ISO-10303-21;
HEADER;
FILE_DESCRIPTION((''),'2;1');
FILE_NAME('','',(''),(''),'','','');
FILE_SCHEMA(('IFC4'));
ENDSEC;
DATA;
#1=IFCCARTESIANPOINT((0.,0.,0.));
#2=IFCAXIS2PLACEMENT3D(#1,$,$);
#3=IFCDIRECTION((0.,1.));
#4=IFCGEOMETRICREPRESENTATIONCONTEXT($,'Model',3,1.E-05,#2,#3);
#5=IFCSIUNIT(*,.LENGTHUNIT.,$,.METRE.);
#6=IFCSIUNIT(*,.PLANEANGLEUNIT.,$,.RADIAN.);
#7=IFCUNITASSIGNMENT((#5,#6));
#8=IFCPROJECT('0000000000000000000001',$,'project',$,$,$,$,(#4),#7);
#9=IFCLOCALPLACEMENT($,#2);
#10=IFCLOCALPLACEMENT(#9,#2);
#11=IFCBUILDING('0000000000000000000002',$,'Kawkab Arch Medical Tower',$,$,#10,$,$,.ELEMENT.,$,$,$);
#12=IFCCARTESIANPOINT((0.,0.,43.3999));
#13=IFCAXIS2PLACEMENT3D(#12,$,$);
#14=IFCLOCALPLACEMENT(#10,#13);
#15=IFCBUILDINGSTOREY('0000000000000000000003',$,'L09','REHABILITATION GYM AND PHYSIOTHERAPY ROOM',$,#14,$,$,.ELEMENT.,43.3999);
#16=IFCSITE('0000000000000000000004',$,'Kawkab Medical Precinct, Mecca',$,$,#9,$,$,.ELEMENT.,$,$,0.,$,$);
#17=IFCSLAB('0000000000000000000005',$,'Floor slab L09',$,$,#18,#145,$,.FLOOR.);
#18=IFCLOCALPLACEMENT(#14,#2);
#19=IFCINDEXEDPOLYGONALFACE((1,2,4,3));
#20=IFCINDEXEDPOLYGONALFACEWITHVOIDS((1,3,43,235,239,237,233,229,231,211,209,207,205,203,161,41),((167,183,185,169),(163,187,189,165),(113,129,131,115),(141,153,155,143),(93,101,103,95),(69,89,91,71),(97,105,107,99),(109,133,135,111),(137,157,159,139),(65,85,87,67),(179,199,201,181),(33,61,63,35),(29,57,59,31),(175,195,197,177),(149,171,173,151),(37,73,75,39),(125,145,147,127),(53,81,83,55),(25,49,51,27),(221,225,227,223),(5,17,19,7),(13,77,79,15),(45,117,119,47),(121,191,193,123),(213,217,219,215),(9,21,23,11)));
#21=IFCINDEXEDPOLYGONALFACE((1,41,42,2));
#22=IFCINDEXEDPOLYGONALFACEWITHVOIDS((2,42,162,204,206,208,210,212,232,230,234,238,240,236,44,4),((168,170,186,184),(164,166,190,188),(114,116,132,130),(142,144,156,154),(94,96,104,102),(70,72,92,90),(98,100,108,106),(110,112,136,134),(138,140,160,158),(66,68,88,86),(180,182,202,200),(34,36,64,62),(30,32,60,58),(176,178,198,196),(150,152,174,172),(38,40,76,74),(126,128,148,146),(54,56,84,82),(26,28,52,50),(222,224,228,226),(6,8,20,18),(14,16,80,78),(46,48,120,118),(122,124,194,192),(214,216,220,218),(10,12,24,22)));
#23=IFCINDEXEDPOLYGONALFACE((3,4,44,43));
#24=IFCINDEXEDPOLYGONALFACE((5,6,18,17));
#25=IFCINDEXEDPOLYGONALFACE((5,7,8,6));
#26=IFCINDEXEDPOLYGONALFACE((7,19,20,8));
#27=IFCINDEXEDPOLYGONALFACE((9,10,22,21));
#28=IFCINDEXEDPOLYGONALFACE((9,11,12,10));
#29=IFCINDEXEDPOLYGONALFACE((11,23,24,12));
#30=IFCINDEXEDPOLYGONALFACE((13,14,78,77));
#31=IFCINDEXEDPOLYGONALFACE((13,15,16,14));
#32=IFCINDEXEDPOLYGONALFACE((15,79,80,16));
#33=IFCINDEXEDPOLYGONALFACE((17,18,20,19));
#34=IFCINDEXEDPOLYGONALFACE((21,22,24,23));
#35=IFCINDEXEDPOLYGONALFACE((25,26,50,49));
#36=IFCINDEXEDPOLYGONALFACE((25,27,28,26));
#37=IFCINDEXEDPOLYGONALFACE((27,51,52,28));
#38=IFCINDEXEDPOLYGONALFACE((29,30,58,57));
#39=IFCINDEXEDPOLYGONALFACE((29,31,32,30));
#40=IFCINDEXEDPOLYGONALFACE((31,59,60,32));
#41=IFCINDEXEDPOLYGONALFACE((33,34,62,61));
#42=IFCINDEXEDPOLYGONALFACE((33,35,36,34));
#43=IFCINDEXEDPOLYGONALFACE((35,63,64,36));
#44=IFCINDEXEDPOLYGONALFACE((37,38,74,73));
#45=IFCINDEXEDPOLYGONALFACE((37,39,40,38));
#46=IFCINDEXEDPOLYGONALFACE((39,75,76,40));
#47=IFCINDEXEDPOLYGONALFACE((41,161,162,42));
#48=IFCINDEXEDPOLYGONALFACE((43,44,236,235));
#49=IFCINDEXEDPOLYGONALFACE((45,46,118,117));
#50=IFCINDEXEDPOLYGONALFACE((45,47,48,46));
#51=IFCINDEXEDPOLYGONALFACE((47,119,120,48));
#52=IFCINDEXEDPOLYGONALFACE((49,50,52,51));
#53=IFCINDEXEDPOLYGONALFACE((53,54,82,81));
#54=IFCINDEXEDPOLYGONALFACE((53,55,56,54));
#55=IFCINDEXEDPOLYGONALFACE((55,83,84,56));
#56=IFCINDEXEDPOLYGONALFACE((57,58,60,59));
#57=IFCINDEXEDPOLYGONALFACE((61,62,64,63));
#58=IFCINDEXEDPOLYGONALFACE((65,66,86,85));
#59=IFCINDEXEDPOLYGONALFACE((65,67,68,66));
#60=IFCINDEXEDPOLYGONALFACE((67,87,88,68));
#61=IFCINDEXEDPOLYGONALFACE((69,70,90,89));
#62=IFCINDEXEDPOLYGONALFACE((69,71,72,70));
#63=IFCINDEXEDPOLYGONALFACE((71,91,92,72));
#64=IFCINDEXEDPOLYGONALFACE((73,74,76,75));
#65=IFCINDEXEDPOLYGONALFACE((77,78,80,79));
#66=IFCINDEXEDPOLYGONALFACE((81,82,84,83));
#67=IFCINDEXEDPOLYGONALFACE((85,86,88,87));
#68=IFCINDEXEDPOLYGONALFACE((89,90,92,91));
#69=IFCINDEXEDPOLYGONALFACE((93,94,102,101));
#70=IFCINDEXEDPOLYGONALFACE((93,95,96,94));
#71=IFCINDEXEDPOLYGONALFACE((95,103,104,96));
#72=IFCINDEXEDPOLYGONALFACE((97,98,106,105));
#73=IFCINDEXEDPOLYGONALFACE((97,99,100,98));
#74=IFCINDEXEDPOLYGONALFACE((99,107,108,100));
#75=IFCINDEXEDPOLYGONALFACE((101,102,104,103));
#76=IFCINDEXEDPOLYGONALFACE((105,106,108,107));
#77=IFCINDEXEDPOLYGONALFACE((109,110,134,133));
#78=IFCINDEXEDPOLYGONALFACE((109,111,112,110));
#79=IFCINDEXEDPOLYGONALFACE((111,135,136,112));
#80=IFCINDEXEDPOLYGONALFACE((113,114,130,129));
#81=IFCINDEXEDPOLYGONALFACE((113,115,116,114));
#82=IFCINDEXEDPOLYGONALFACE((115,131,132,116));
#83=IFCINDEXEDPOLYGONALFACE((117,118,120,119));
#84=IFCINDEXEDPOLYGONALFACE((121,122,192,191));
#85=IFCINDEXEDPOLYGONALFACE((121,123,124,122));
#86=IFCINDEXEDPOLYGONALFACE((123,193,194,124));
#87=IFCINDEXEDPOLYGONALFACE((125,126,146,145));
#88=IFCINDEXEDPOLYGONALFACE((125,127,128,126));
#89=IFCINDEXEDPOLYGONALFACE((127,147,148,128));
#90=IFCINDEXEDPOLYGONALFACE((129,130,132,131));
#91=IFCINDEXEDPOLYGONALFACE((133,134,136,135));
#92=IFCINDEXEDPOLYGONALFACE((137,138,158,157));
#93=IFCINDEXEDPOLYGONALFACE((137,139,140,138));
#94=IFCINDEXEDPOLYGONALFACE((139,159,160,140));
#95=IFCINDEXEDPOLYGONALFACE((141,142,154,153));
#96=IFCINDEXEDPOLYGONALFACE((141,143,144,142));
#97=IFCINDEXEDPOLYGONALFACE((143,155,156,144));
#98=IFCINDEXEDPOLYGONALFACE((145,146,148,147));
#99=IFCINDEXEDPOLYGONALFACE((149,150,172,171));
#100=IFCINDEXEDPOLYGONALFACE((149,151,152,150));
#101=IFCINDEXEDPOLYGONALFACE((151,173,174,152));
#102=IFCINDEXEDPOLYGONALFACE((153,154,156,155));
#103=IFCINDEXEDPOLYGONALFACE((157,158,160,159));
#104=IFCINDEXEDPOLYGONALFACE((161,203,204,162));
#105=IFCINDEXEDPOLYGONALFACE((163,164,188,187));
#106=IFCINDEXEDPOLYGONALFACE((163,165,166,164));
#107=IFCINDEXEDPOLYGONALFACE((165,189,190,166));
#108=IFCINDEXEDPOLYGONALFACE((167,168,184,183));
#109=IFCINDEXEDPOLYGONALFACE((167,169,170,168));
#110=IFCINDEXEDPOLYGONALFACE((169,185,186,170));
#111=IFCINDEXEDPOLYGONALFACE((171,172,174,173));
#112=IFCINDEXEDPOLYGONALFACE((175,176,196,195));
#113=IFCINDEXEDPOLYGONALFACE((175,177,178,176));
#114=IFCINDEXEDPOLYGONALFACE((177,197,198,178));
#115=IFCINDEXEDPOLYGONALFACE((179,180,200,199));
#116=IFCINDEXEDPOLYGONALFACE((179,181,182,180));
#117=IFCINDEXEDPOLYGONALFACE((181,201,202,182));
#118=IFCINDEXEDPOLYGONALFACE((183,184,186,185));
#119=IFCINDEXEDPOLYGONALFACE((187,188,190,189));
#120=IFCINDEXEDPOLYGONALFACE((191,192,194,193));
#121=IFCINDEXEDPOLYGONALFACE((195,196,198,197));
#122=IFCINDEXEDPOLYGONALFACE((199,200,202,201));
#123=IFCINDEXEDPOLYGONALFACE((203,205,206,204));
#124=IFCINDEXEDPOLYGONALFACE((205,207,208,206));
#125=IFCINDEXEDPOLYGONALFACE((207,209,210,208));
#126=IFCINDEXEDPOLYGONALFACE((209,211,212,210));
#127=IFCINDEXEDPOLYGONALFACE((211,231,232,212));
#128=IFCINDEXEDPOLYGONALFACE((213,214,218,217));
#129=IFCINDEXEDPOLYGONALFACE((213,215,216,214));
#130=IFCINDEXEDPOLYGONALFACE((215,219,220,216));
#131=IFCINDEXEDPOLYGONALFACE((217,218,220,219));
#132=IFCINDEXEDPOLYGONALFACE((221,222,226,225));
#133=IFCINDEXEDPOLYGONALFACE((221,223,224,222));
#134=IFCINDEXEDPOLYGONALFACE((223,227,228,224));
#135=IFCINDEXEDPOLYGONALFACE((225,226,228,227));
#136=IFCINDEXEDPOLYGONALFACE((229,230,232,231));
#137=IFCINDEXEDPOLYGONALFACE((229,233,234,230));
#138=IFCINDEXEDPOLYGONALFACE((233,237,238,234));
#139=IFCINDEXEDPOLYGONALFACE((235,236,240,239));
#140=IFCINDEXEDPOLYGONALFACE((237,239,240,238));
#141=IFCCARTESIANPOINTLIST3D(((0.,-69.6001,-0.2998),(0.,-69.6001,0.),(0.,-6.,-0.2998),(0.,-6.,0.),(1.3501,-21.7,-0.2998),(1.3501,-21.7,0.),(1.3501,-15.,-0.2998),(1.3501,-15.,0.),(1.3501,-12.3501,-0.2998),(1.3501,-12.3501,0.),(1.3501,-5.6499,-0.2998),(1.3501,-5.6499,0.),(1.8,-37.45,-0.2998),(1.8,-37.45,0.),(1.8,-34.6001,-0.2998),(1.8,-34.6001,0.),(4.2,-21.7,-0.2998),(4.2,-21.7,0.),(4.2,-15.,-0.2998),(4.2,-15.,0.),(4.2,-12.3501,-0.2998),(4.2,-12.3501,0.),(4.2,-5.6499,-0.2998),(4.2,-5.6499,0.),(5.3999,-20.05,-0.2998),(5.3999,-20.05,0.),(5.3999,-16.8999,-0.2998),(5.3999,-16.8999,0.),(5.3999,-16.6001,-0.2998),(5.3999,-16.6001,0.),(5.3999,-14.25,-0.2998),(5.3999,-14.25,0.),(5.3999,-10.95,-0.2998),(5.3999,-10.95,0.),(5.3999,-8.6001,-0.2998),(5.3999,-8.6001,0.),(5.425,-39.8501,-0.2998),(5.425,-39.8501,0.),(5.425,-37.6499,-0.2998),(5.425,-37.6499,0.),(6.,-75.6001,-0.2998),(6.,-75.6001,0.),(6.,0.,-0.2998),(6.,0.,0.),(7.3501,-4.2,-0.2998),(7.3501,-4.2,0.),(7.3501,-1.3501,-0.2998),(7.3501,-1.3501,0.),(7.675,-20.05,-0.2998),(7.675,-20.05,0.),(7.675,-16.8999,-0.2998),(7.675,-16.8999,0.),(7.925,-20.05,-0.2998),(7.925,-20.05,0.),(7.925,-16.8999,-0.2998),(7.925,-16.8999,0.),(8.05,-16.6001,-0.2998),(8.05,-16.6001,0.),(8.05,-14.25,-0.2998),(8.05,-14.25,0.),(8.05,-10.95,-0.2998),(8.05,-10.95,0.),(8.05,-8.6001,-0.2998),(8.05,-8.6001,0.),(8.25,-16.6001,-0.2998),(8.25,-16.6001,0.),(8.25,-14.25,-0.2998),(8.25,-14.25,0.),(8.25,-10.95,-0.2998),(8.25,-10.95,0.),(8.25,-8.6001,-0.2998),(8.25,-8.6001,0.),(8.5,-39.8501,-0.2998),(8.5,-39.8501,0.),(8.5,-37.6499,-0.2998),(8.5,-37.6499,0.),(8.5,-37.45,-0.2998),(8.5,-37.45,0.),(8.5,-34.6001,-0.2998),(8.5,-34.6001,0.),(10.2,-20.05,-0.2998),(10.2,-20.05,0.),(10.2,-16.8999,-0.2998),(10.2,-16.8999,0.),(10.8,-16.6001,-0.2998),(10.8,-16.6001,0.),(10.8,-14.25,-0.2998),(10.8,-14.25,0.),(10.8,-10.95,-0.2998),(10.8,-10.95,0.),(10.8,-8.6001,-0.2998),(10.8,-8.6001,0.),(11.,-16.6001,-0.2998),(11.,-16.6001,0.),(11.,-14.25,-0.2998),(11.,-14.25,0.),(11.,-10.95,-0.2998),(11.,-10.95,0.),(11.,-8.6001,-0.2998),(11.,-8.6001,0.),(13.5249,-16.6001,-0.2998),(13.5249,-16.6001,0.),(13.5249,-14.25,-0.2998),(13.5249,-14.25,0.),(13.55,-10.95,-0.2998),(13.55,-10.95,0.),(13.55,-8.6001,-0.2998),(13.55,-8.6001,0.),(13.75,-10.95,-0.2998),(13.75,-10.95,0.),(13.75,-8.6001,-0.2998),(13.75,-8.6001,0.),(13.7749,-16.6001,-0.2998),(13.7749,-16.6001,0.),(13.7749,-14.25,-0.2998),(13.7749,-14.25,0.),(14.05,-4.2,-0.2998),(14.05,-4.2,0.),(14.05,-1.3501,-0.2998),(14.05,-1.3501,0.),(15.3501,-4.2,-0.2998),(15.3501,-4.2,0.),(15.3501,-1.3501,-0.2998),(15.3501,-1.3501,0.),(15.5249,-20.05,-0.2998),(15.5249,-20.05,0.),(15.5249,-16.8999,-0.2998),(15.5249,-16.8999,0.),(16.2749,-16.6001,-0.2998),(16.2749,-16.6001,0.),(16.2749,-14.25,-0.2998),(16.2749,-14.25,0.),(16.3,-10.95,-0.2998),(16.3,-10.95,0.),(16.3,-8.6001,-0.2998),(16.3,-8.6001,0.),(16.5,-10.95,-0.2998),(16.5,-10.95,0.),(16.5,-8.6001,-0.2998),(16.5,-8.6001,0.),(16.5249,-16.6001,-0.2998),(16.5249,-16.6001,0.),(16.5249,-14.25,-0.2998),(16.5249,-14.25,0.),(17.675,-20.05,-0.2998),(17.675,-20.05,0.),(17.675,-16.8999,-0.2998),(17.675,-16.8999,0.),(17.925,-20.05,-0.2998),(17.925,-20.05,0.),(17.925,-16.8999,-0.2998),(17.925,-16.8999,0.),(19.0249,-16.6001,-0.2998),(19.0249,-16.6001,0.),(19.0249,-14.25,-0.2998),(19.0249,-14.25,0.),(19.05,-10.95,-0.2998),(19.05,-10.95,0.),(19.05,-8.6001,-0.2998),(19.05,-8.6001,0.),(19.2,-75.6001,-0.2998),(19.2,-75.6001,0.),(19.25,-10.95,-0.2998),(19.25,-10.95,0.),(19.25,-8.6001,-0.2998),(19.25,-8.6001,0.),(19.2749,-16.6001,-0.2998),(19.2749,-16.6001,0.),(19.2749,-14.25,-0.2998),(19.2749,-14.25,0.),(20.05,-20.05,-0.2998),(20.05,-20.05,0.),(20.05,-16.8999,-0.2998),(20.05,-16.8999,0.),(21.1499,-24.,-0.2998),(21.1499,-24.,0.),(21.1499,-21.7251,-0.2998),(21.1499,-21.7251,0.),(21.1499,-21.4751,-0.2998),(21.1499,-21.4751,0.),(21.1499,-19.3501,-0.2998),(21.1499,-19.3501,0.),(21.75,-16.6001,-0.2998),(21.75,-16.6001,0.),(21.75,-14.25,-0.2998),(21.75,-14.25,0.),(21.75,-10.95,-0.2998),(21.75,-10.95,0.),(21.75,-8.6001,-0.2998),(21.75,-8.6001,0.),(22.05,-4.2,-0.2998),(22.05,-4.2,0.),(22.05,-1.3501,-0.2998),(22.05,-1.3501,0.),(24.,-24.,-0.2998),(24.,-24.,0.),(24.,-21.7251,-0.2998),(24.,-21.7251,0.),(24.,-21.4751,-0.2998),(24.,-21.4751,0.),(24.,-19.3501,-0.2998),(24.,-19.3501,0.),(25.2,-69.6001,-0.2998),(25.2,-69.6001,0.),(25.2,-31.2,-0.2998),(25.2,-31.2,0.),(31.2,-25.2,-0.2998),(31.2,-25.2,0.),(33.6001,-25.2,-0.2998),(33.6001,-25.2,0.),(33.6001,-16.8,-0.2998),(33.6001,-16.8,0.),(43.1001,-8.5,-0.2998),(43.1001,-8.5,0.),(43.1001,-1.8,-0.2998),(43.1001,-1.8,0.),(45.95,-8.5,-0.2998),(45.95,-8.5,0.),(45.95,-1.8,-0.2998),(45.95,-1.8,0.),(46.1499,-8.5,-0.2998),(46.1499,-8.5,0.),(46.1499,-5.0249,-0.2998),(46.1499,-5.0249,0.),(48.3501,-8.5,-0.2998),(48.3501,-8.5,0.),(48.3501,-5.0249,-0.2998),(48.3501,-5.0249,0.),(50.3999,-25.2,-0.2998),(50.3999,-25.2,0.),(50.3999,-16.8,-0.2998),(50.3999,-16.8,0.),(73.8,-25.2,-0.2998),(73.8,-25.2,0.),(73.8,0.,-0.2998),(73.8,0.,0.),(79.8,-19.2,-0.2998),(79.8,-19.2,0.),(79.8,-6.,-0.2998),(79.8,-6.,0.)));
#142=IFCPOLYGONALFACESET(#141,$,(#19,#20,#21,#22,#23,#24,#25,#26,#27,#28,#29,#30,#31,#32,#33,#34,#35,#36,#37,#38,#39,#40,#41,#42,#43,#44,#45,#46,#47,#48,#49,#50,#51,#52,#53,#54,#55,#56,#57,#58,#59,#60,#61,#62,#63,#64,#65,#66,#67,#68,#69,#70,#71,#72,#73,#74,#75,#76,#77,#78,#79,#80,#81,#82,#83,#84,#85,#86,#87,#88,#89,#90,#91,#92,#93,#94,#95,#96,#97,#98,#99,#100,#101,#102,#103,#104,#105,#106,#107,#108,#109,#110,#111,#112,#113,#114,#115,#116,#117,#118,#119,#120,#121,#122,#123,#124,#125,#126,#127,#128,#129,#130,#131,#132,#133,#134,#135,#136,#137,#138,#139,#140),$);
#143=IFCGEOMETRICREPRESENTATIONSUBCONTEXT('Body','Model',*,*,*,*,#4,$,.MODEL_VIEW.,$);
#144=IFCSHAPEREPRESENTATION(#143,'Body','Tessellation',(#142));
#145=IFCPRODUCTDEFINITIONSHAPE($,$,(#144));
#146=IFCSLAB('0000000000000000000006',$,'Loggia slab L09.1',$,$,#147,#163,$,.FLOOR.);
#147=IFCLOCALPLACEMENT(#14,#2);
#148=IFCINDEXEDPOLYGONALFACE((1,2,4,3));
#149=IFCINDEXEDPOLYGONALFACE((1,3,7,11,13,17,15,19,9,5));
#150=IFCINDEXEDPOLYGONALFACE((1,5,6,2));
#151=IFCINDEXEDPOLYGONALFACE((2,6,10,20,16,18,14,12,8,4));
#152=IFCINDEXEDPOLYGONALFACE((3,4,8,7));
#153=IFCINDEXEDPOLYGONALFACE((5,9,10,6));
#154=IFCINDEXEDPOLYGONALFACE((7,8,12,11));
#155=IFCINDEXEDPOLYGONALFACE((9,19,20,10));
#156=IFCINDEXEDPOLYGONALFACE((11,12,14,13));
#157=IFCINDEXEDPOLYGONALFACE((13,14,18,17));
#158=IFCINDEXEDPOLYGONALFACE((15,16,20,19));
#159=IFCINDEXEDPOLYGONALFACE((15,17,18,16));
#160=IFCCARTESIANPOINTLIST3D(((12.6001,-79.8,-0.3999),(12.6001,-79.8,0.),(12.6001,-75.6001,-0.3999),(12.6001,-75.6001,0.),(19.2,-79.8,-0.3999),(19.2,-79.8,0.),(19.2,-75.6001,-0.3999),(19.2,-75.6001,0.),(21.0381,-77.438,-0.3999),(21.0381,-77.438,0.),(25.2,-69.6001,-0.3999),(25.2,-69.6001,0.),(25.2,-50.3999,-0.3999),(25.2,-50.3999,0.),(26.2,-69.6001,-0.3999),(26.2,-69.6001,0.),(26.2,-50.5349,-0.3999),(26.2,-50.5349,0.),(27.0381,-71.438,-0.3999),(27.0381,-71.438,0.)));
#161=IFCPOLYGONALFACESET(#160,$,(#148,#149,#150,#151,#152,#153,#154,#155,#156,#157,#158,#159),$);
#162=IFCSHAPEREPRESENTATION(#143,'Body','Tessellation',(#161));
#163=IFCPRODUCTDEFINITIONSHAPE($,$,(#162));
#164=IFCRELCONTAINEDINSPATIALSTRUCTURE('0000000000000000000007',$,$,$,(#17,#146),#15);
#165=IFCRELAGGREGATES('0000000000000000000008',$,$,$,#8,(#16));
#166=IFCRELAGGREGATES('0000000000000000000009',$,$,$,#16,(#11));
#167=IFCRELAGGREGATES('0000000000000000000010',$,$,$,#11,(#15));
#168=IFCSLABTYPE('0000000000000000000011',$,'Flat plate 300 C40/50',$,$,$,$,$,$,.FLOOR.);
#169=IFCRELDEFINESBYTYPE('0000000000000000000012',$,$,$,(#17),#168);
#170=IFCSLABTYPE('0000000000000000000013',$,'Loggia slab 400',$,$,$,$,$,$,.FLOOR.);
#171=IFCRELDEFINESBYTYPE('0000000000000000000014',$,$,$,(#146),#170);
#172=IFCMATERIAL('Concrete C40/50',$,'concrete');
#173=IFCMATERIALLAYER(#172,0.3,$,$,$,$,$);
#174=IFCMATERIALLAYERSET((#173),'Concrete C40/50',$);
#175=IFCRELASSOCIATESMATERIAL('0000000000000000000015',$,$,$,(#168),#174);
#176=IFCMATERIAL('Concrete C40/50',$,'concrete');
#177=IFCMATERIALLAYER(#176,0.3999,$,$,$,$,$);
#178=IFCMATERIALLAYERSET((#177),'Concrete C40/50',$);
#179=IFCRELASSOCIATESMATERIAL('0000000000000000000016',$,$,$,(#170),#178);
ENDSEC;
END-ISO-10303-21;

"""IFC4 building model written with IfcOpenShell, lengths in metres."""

from ifc_helpers import new_model, si_unit, direction, frame, origin, place, context, subcontext, project, spatial, polyline, outline, extrude, material, layer, layer_set, type_object, element, save


model = new_model("IFC4")

# Units and contexts
model_context = context("Model", 3, precision=1e-05, world=origin(), true_north=direction((0.0, 1.0)))
body_context = subcontext(model_context, "Body", "Model", "MODEL_VIEW")
ifc_project = project(units=[si_unit("LENGTHUNIT", "METRE"), si_unit("PLANEANGLEUNIT", "RADIAN")], contexts=[model_context])

# Site, building, storey
site_placement = place(None, origin())
site = spatial("IfcSite", under=ifc_project, at=site_placement, Name="Kawkab Medical Precinct, Mecca", CompositionType="ELEMENT", RefElevation=0.0)
building_placement = place(site_placement, origin())
building = spatial("IfcBuilding", under=site, at=building_placement, Name="Kawkab Arch Medical Tower", CompositionType="ELEMENT")
storey_placement = place(building_placement, frame((0.0, 0.0, 43.3999)))
storey = spatial("IfcBuildingStorey", under=building, at=storey_placement, Name="L09", Description="REHABILITATION GYM AND PHYSIOTHERAPY ROOM", CompositionType="ELEMENT", Elevation=43.3999)

# Slabs
ifc_material_1 = material(Name="Concrete C40/50", Category="concrete")
ifc_layer_1 = layer(ifc_material_1, 0.3)
ifc_layer_set_1 = layer_set([ifc_layer_1], Name="Concrete C40/50")
slab_type_1 = type_object("IfcSlabType", Name="Flat plate 300 C40/50", PredefinedType="FLOOR", material=ifc_layer_set_1)
slab_1_placement = place(storey_placement, frame((0.0, 0.0, -0.2998)))
element("IfcSlab", 1, at=slab_1_placement, inside=storey, type_object=slab_type_1, Name="Floor slab L09", PredefinedType="FLOOR", context=body_context, shape_type="SweptSolid", body=[
    extrude(outline(polyline([(25.2, -31.2), (25.2, -69.6001), (19.2, -75.6001), (6.0, -75.6001), (0.0, -69.6001), (0.0, -6.0), (6.0, 0.0), (73.8, 0.0), (79.8, -6.0), (79.8, -19.2), (73.8, -25.2), (50.3999, -25.2), (50.3999, -16.8), (33.6001, -16.8), (33.6001, -25.2), (31.2, -25.2), (25.2, -31.2)]), holes=[polyline([(5.425, -37.6499), (5.425, -39.8501), (8.5, -39.8501), (8.5, -37.6499), (5.425, -37.6499)]), polyline([(1.8, -37.45), (8.5, -37.45), (8.5, -34.6001), (1.8, -34.6001), (1.8, -37.45)]), polyline([(5.3999, -16.8999), (5.3999, -20.05), (7.675, -20.05), (7.675, -16.8999), (5.3999, -16.8999)]), polyline([(10.2, -16.8999), (7.925, -16.8999), (7.925, -20.05), (10.2, -20.05), (10.2, -16.8999)]), polyline([(4.2, -21.7), (4.2, -15.0), (1.3501, -15.0), (1.3501, -21.7), (4.2, -21.7)]), polyline([(5.3999, -14.25), (5.3999, -16.6001), (8.05, -16.6001), (8.05, -14.25), (5.3999, -14.25)]), polyline([(10.8, -14.25), (8.25, -14.25), (8.25, -16.6001), (10.8, -16.6001), (10.8, -14.25)]), polyline([(11.0, -14.25), (11.0, -16.6001), (13.5249, -16.6001), (13.5249, -14.25), (11.0, -14.25)]), polyline([(5.3999, -8.6001), (5.3999, -10.95), (8.05, -10.95), (8.05, -8.6001), (5.3999, -8.6001)]), polyline([(10.8, -8.6001), (8.25, -8.6001), (8.25, -10.95), (10.8, -10.95), (10.8, -8.6001)]), polyline([(11.0, -10.95), (13.55, -10.95), (13.55, -8.6001), (11.0, -8.6001), (11.0, -10.95)]), polyline([(4.2, -12.3501), (4.2, -5.6499), (1.3501, -5.6499), (1.3501, -12.3501), (4.2, -12.3501)]), polyline([(7.3501, -4.2), (14.05, -4.2), (14.05, -1.3501), (7.3501, -1.3501), (7.3501, -4.2)]), polyline([(24.0, -21.7251), (21.1499, -21.7251), (21.1499, -24.0), (24.0, -24.0), (24.0, -21.7251)]), polyline([(24.0, -21.4751), (24.0, -19.3501), (21.1499, -19.3501), (21.1499, -21.4751), (24.0, -21.4751)]), polyline([(15.5249, -16.8999), (15.5249, -20.05), (17.675, -20.05), (17.675, -16.8999), (15.5249, -16.8999)]), polyline([(17.925, -20.05), (20.05, -20.05), (20.05, -16.8999), (17.925, -16.8999), (17.925, -20.05)]), polyline([(16.2749, -14.25), (13.7749, -14.25), (13.7749, -16.6001), (16.2749, -16.6001), (16.2749, -14.25)]), polyline([(19.0249, -14.25), (16.5249, -14.25), (16.5249, -16.6001), (19.0249, -16.6001), (19.0249, -14.25)]), polyline([(19.2749, -16.6001), (21.75, -16.6001), (21.75, -14.25), (19.2749, -14.25), (19.2749, -16.6001)]), polyline([(13.75, -8.6001), (13.75, -10.95), (16.3, -10.95), (16.3, -8.6001), (13.75, -8.6001)]), polyline([(16.5, -8.6001), (16.5, -10.95), (19.05, -10.95), (19.05, -8.6001), (16.5, -8.6001)]), polyline([(19.25, -10.95), (21.75, -10.95), (21.75, -8.6001), (19.25, -8.6001), (19.25, -10.95)]), polyline([(46.1499, -5.0249), (46.1499, -8.5), (48.3501, -8.5), (48.3501, -5.0249), (46.1499, -5.0249)]), polyline([(43.1001, -1.8), (43.1001, -8.5), (45.95, -8.5), (45.95, -1.8), (43.1001, -1.8)]), polyline([(22.05, -1.3501), (15.3501, -1.3501), (15.3501, -4.2), (22.05, -4.2), (22.05, -1.3501)])]), origin(), (0.0, 0.0, 1.0), 0.2998),
])
ifc_material_2 = material(Name="Concrete C40/50", Category="concrete")
ifc_layer_2 = layer(ifc_material_2, 0.3999)
ifc_layer_set_2 = layer_set([ifc_layer_2], Name="Concrete C40/50")
slab_type_2 = type_object("IfcSlabType", Name="Loggia slab 400", PredefinedType="FLOOR", material=ifc_layer_set_2)
placement_1 = place(storey_placement, frame((0.0, 0.0, -0.3999)))
element("IfcSlab", 2, at=placement_1, inside=storey, type_object=slab_type_2, Name="Loggia slab L09.1", PredefinedType="FLOOR", context=body_context, shape_type="SweptSolid", body=[
    extrude(outline(polyline([(19.2, -79.8), (12.6001, -79.8), (12.6001, -75.6001), (19.2, -75.6001), (25.2, -69.6001), (25.2, -50.3999), (26.2, -50.5349), (26.2, -69.6001), (27.0381, -71.438), (21.0381, -77.438), (19.2, -79.8)])), origin(), (0.0, 0.0, 1.0), 0.3999),
])

save(model, "model.ifc")
